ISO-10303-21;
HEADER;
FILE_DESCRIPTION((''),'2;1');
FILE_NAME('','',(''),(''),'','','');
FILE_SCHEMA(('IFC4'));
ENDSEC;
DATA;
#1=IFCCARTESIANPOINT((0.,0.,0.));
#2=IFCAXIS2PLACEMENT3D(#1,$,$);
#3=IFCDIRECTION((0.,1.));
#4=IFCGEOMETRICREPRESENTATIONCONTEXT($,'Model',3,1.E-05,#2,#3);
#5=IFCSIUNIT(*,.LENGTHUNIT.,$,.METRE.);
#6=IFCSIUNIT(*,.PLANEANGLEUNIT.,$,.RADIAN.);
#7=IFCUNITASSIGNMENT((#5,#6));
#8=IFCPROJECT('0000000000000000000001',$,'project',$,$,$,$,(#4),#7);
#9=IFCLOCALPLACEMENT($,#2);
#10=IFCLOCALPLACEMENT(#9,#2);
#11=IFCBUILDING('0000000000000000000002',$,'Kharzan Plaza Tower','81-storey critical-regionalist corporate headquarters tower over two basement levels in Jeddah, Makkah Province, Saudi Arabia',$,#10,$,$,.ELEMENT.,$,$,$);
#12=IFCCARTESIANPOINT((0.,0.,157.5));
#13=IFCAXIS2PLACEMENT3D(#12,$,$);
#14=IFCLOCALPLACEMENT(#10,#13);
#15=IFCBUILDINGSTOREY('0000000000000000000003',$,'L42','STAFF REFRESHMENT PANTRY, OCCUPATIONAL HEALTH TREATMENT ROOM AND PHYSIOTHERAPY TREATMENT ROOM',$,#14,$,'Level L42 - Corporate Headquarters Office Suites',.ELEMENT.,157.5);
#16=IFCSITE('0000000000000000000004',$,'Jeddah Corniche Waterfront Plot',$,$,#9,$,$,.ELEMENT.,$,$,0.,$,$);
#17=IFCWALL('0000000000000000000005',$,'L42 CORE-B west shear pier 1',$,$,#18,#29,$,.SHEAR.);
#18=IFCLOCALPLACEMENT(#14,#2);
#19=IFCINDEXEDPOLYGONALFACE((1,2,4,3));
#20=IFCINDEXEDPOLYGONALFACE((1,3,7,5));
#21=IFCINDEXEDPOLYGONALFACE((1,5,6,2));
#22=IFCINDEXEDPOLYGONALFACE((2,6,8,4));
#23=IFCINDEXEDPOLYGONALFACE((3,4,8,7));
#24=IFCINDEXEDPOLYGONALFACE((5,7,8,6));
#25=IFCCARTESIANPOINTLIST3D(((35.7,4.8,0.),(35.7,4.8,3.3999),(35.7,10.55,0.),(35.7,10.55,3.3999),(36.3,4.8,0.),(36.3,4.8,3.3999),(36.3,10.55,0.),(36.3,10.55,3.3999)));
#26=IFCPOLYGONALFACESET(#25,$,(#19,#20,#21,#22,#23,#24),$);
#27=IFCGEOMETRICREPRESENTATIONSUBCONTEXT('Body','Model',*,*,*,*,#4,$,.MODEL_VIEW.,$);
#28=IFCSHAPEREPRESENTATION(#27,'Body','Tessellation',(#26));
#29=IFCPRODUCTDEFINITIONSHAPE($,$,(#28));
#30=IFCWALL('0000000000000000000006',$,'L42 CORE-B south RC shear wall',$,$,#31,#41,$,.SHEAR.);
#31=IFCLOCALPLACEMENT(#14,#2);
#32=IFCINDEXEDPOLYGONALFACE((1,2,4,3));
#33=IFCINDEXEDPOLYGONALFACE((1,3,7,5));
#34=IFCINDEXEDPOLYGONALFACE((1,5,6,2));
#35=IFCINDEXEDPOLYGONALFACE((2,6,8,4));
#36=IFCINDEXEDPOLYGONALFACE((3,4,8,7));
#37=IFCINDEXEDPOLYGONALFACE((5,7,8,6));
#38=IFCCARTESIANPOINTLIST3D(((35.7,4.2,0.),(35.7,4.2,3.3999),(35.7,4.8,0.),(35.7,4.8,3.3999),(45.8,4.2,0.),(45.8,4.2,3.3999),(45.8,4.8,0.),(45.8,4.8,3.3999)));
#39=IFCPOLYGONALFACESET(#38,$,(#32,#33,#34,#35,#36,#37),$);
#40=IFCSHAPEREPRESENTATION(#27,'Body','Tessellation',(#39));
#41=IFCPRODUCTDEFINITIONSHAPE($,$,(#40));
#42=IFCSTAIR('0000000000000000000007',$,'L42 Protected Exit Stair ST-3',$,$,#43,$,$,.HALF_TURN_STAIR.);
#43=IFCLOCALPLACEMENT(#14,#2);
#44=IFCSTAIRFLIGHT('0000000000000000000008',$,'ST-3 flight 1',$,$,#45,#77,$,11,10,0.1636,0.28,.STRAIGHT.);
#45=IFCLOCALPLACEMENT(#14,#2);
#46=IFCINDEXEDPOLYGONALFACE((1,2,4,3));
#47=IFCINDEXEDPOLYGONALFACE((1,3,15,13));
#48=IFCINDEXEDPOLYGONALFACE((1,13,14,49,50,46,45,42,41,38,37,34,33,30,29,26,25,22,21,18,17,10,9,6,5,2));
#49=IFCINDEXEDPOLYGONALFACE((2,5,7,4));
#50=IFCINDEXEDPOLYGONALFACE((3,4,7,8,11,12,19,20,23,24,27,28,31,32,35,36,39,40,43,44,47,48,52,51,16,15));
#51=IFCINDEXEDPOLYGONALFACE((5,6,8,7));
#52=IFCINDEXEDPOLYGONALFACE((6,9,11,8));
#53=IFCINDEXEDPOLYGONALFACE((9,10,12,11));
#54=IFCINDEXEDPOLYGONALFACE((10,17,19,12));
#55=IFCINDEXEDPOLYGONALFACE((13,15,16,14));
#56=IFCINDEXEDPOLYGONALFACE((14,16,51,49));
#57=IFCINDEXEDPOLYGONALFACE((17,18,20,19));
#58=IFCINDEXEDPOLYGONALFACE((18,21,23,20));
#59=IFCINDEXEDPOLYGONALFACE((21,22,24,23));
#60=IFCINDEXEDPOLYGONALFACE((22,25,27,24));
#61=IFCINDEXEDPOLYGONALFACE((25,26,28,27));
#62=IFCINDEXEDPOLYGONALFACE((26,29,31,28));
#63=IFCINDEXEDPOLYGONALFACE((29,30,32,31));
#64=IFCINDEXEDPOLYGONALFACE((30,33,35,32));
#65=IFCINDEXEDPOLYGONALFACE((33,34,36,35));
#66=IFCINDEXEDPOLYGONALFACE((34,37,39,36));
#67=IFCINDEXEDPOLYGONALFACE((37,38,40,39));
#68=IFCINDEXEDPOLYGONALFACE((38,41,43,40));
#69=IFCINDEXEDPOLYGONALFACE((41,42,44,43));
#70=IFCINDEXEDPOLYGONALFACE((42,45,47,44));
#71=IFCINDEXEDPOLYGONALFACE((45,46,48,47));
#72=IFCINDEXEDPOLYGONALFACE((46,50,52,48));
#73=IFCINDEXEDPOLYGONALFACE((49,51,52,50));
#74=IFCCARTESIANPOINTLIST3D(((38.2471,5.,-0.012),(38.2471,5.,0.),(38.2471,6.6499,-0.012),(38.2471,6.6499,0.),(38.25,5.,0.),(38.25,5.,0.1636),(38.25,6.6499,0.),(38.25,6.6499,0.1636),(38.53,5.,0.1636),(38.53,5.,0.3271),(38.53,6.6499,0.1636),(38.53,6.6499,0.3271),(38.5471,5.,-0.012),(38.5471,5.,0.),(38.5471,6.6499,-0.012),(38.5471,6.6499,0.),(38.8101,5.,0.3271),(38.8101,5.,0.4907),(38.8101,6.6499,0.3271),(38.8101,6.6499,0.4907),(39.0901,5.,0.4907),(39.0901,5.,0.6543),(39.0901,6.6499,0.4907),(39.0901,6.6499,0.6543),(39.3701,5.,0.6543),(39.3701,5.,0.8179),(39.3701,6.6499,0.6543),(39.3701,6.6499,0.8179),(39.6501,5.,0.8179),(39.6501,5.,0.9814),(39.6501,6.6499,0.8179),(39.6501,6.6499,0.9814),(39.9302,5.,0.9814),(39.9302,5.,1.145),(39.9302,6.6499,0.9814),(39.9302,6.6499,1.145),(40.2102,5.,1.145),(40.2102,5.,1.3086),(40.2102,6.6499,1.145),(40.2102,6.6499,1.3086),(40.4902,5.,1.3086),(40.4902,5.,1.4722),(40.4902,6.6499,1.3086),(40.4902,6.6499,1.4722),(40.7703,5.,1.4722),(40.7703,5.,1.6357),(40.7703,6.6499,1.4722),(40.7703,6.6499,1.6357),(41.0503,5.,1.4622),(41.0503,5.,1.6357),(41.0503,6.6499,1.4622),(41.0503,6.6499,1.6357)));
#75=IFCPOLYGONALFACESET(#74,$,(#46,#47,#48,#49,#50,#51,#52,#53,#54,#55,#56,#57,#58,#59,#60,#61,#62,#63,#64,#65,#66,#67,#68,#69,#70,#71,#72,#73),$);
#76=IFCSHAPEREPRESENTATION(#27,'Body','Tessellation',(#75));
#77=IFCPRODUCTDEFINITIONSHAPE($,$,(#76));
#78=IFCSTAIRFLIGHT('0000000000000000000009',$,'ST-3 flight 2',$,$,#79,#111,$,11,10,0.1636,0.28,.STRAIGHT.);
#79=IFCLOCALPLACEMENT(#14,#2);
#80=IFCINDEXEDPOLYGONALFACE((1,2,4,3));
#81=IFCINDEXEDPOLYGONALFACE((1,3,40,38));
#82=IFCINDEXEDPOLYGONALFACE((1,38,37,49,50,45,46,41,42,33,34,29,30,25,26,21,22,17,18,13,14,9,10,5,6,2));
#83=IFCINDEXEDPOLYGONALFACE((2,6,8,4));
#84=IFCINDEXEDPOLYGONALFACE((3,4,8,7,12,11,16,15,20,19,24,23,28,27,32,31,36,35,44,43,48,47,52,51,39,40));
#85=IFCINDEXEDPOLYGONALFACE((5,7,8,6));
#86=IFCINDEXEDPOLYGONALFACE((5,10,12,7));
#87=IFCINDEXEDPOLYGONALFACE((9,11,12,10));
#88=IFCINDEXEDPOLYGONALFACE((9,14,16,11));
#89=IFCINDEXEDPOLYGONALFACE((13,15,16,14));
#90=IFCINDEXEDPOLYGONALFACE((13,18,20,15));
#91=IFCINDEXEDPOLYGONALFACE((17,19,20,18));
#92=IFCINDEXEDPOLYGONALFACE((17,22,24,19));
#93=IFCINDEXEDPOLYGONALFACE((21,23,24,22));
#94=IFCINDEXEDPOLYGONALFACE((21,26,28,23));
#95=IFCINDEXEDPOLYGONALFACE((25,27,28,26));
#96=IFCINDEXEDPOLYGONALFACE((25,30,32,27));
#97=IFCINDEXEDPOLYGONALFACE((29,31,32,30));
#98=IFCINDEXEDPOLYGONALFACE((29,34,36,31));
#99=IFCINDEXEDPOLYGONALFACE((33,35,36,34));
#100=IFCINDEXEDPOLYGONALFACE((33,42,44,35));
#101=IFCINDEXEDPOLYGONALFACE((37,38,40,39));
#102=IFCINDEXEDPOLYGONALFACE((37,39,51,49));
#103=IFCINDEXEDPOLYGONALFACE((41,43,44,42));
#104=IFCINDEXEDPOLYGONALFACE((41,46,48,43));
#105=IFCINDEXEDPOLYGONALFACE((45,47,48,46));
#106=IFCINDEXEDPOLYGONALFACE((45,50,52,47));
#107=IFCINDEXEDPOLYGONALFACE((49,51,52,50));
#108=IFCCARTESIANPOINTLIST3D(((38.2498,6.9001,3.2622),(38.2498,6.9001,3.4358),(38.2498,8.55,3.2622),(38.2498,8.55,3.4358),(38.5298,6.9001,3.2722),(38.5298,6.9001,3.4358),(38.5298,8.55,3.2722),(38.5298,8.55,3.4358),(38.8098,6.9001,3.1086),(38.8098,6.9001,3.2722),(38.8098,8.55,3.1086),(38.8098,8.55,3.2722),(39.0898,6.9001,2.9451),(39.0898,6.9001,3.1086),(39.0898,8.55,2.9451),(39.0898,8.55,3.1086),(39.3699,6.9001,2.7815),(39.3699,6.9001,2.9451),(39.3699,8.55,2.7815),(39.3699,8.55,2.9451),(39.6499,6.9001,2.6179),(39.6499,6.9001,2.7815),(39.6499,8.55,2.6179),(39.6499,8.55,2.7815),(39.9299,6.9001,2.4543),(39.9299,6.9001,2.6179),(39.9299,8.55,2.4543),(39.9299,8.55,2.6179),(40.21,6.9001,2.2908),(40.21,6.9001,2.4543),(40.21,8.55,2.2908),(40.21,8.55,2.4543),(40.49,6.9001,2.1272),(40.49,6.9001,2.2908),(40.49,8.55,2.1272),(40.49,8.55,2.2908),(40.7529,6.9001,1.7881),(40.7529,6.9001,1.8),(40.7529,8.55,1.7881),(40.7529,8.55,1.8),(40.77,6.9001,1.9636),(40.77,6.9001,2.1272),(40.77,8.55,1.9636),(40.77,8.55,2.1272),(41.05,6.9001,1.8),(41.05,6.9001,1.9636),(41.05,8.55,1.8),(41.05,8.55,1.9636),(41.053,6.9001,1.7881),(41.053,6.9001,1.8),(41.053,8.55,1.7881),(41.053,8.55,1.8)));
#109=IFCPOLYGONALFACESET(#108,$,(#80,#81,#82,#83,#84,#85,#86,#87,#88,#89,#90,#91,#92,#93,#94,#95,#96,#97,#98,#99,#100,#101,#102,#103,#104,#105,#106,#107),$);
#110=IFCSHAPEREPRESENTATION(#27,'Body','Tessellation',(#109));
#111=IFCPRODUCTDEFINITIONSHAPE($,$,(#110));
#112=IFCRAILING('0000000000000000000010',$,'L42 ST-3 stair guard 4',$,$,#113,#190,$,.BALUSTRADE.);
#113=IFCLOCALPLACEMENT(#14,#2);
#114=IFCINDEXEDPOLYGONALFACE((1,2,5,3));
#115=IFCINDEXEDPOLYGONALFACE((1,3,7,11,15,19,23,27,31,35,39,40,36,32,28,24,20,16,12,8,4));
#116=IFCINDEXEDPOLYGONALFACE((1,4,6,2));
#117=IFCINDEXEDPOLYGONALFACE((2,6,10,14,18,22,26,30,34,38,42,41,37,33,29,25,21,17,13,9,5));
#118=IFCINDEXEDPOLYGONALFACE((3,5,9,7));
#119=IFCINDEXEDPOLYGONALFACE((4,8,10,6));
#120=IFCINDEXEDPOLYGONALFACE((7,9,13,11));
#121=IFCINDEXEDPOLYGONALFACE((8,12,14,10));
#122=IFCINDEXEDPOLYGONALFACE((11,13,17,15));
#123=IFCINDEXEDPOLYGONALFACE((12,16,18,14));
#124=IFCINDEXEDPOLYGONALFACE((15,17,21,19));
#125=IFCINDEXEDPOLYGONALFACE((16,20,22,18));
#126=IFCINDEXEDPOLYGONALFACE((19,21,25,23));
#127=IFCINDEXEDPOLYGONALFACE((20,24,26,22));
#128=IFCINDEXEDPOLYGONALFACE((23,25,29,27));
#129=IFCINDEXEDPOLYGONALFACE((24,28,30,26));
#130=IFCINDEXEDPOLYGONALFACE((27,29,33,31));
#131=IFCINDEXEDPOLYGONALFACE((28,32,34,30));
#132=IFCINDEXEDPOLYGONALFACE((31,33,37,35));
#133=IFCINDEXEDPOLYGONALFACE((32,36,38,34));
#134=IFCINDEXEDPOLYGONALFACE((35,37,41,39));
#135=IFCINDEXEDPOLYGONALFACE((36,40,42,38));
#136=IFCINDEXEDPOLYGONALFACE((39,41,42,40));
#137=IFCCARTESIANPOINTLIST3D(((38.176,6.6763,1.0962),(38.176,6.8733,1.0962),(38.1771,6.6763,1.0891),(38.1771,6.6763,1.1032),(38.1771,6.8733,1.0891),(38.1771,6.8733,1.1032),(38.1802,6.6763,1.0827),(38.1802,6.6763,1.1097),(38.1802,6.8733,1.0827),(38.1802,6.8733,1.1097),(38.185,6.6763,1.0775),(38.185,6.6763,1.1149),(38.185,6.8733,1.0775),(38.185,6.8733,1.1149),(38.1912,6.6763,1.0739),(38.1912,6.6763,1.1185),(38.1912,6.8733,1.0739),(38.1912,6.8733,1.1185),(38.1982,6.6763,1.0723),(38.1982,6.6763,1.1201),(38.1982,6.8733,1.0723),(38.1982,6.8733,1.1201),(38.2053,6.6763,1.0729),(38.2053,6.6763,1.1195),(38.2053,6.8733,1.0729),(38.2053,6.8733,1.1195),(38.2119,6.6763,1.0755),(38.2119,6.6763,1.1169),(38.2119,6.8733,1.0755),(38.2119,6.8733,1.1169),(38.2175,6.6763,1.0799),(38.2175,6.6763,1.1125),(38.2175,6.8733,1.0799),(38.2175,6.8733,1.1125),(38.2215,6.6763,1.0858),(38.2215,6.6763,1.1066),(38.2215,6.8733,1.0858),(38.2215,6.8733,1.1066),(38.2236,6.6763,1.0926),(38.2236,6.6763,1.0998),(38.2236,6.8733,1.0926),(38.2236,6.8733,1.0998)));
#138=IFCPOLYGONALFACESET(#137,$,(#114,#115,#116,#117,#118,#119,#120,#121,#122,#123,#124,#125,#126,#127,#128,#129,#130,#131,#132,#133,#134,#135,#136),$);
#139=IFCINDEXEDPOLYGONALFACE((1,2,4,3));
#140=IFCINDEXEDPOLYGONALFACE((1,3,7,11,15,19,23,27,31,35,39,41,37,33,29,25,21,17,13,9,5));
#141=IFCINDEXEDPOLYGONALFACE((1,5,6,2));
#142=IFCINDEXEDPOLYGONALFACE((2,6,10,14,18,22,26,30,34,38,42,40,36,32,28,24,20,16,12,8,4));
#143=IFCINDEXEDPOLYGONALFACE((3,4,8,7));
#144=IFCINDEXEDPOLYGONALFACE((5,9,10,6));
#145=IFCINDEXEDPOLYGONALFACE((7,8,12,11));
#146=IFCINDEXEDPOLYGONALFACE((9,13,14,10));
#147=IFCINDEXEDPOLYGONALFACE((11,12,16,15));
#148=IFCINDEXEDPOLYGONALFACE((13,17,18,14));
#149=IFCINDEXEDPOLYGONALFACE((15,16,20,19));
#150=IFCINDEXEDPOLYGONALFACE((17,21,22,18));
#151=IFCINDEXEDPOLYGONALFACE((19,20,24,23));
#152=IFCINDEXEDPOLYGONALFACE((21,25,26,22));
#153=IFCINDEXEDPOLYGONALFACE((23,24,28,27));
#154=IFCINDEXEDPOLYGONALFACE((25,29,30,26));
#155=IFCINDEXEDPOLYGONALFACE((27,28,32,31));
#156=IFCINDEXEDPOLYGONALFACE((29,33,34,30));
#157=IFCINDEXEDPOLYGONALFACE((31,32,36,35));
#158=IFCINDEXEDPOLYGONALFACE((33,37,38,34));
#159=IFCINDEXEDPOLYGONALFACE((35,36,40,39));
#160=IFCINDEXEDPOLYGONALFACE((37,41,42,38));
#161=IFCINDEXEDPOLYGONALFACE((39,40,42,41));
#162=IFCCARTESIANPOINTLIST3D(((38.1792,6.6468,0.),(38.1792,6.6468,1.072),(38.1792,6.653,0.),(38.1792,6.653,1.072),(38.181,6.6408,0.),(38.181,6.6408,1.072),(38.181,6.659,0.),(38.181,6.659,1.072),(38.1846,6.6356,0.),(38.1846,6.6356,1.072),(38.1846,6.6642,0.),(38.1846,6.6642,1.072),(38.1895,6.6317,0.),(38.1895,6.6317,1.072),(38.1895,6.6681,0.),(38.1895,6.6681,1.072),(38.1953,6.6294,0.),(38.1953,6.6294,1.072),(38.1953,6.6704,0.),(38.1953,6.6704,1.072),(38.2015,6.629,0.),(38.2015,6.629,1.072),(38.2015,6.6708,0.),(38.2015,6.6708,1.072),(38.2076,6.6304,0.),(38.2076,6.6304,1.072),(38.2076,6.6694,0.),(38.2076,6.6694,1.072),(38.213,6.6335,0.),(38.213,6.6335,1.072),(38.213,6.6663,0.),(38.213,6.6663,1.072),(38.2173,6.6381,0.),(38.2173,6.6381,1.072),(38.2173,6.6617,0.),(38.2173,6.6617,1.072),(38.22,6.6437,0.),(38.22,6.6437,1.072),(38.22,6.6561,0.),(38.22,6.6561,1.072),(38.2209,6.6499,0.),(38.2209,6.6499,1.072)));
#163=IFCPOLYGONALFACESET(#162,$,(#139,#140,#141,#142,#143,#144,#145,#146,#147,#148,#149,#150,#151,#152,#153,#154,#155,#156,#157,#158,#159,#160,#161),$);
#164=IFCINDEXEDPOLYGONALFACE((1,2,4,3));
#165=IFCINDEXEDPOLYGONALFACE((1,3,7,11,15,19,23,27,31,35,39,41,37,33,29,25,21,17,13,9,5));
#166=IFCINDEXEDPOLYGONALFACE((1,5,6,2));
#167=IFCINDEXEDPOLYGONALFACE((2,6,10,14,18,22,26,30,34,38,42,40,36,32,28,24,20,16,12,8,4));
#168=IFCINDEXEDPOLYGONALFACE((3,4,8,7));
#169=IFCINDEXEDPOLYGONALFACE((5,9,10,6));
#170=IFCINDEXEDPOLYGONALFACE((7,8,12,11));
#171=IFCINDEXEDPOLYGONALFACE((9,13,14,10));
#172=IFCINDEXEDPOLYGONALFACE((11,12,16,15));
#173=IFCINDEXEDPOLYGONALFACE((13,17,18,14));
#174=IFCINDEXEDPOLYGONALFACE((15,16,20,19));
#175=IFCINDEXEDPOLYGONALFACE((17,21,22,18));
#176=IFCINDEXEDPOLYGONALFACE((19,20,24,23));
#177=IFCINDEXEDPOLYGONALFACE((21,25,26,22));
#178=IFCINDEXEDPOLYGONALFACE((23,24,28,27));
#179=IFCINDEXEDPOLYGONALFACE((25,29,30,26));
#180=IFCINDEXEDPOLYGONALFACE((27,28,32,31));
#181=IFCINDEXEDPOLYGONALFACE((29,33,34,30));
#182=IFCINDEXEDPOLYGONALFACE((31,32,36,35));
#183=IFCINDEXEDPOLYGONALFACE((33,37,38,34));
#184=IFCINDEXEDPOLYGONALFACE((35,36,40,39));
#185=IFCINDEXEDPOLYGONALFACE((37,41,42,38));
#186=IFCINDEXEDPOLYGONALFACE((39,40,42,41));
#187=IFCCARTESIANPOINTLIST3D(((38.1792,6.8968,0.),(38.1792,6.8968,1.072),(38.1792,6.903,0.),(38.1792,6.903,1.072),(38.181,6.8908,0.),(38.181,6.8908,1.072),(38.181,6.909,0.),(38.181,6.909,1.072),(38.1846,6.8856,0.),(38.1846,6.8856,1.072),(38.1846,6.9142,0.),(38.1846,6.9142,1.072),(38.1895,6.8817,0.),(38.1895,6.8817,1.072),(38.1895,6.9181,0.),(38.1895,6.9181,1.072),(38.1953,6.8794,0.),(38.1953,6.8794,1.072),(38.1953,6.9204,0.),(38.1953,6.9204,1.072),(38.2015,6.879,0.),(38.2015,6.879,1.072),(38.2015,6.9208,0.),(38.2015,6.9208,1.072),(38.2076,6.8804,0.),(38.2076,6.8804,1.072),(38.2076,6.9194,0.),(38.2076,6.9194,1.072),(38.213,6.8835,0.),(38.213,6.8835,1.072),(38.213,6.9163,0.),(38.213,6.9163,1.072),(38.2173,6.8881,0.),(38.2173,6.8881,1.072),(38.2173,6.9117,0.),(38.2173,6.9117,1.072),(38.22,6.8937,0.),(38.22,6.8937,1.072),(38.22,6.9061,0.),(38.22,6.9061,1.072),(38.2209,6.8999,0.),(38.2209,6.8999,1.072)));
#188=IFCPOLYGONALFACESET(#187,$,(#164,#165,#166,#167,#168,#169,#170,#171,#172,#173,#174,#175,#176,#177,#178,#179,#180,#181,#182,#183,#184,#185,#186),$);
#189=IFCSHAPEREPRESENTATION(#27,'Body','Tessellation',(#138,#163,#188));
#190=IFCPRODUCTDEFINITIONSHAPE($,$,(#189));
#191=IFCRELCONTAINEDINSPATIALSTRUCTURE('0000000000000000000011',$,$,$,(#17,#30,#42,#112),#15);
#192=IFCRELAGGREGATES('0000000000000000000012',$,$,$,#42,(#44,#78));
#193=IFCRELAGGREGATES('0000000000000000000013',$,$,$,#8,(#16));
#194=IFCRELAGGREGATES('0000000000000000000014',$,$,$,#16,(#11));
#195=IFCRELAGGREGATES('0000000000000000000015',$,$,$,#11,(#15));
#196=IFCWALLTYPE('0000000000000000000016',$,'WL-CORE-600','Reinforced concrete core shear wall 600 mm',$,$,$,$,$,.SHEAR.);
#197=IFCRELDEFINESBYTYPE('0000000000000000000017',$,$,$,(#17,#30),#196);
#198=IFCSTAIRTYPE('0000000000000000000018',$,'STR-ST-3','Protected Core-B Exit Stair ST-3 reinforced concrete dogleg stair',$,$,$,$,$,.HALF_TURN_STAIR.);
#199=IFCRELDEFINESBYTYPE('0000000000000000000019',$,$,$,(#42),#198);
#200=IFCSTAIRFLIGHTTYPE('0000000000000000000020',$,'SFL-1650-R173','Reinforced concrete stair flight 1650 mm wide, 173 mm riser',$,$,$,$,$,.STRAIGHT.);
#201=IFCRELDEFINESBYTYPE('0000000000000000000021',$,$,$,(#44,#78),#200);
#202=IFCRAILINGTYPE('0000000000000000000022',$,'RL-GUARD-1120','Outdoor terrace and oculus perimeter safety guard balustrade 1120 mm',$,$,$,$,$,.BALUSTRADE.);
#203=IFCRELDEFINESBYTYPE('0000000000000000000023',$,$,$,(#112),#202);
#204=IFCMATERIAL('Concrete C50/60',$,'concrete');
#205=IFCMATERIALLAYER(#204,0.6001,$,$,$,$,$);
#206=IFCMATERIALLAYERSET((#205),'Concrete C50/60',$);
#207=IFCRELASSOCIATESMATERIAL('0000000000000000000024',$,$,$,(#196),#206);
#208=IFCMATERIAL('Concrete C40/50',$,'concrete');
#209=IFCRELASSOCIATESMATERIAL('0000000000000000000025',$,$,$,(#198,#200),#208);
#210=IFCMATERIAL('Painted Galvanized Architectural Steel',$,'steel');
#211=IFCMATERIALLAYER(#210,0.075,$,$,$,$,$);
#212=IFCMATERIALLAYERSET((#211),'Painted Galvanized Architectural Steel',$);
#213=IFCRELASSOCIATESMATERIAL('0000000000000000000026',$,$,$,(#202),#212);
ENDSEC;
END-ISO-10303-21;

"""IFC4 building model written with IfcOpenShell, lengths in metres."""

from ifc_helpers import new_model, si_unit, direction, frame, frame_2d, origin, origin_2d, place, context, subcontext, project, spatial, polyline, rectangle, circle, outline, extrude, source, transform, mapped, material, layer, layer_set, type_object, element, aggregate, save


model = new_model("IFC4")

# Units and contexts
model_context = context("Model", 3, precision=1e-05, world=origin(), true_north=direction((0.0, 1.0)))
body_context = subcontext(model_context, "Body", "Model", "MODEL_VIEW")
ifc_project = project(units=[si_unit("LENGTHUNIT", "METRE"), si_unit("PLANEANGLEUNIT", "RADIAN")], contexts=[model_context])

# Site, building, storey
site_placement = place(None, origin())
site = spatial("IfcSite", under=ifc_project, at=site_placement, Name="Jeddah Corniche Waterfront Plot", CompositionType="ELEMENT", RefElevation=0.0)
building_placement = place(site_placement, origin())
building = spatial("IfcBuilding", under=site, at=building_placement, Name="Kharzan Plaza Tower", Description="81-storey critical-regionalist corporate headquarters tower over two basement levels in Jeddah, Makkah Province, Saudi Arabia", CompositionType="ELEMENT")
storey_placement = place(building_placement, frame((0.0, 0.0, 157.5)))
storey = spatial("IfcBuildingStorey", under=building, at=storey_placement, Name="L42", Description="STAFF REFRESHMENT PANTRY, OCCUPATIONAL HEALTH TREATMENT ROOM AND PHYSIOTHERAPY TREATMENT ROOM", LongName="Level L42 - Corporate Headquarters Office Suites", CompositionType="ELEMENT", Elevation=157.5)

# Shared definitions
ifc_material_1 = material(Name="Concrete C50/60", Category="concrete")

# Shared definitions
ifc_material_2 = material(Name="Concrete C40/50", Category="concrete")

# Walls
ifc_layer_1 = layer(ifc_material_1, 0.6001)
ifc_layer_set_1 = layer_set([ifc_layer_1], Name="Concrete C50/60")
wall_type_1 = type_object("IfcWallType", Name="WL-CORE-600", Description="Reinforced concrete core shear wall 600 mm", PredefinedType="SHEAR", material=ifc_layer_set_1)
shared_shape_1 = source(origin(), body_context, "Body", "SweptSolid", [
    extrude(rectangle(XDim=5.75, YDim=0.6001, at=frame_2d((2.875, 0.0))), origin(), (0.0, 0.0, 1.0), 3.3999),
])
wall_1_placement = place(storey_placement, frame((36.0, 4.8, 0.0), z_axis=(0.0, 0.0, 1.0), x_axis=(0.0, 1.0, 0.0)))
element("IfcWall", 1, at=wall_1_placement, inside=storey, type_object=wall_type_1, Name="L42 CORE-B west shear pier 1", PredefinedType="SHEAR", context=body_context, shape_type="MappedRepresentation", body=[
    mapped(shared_shape_1, transform((0.0, 0.0, 0.0), x_axis=(1.0, 0.0, 0.0), y_axis=(0.0, 1.0, 0.0), z_axis=(0.0, 0.0, 1.0))),
])
shared_shape_2 = source(origin(), body_context, "Body", "SweptSolid", [
    extrude(rectangle(XDim=10.1001, YDim=0.6001, at=frame_2d((5.05, 0.0))), origin(), (0.0, 0.0, 1.0), 3.3999),
])
wall_2_placement = place(storey_placement, frame((35.7, 4.5, 0.0), z_axis=(0.0, 0.0, 1.0), x_axis=(1.0, 0.0, 0.0)))
element("IfcWall", 2, at=wall_2_placement, inside=storey, type_object=wall_type_1, Name="L42 CORE-B south RC shear wall", PredefinedType="SHEAR", context=body_context, shape_type="MappedRepresentation", body=[
    mapped(shared_shape_2, transform((0.0, 0.0, 0.0), x_axis=(1.0, 0.0, 0.0), y_axis=(0.0, 1.0, 0.0), z_axis=(0.0, 0.0, 1.0))),
])

# Stair, stair flights
stair_type = type_object("IfcStairType", Name="STR-ST-3", Description="Protected Core-B Exit Stair ST-3 reinforced concrete dogleg stair", PredefinedType="HALF_TURN_STAIR", material=ifc_material_2)
stair_placement = place(storey_placement, origin())
stair = element("IfcStair", 3, at=stair_placement, inside=storey, type_object=stair_type, Name="L42 Protected Exit Stair ST-3", PredefinedType="HALF_TURN_STAIR")
stair_flight_type = type_object("IfcStairFlightType", Name="SFL-1650-R173", Description="Reinforced concrete stair flight 1650 mm wide, 173 mm riser", PredefinedType="STRAIGHT", material=ifc_material_2)
shared_shape_3 = source(origin(), body_context, "Body", "SweptSolid", [
    extrude(outline(polyline([(-0.0029, -0.012), (-0.0029, 0.0), (0.0, 0.0), (0.0, 0.1636), (0.28, 0.1636), (0.28, 0.3271), (0.5601, 0.3271), (0.5601, 0.4907), (0.8401, 0.4907), (0.8401, 0.6543), (1.1201, 0.6543), (1.1201, 0.8179), (1.4001, 0.8179), (1.4001, 0.9814), (1.6802, 0.9814), (1.6802, 1.145), (1.9602, 1.145), (1.9602, 1.3086), (2.2402, 1.3086), (2.2402, 1.4722), (2.5203, 1.4722), (2.5203, 1.6357), (2.8003, 1.6357), (2.8003, 1.7993), (2.8003, 1.4622), (0.2971, 0.0), (0.2971, -0.012), (-0.0029, -0.012)])), frame((0.0, 0.825, 0.0), z_axis=(0.0, -1.0, 0.0), x_axis=(1.0, 0.0, 0.0)), (0.0, 0.0, 1.0), 1.6499),
])
stair_flight_1_placement = place(storey_placement, frame((38.25, 5.825, 0.0), z_axis=(0.0, 0.0, 1.0), x_axis=(1.0, 0.0, 0.0)))
stair_flight_1 = element("IfcStairFlight", 4, at=stair_flight_1_placement, type_object=stair_flight_type, Name="ST-3 flight 1", NumberOfRisers=11, NumberOfTreads=10, PredefinedType="STRAIGHT", RiserHeight=0.1636, TreadLength=0.28, context=body_context, shape_type="MappedRepresentation", body=[
    mapped(shared_shape_3, transform((0.0, 0.0, 0.0), x_axis=(1.0, 0.0, 0.0), y_axis=(0.0, 1.0, 0.0), z_axis=(0.0, 0.0, 1.0))),
])
stair_flight_2_placement = place(storey_placement, frame((41.05, 7.7251, 1.8), z_axis=(0.0, 0.0, 1.0), x_axis=(-1.0, 0.0, 0.0)))
stair_flight_2 = element("IfcStairFlight", 5, at=stair_flight_2_placement, type_object=stair_flight_type, Name="ST-3 flight 2", NumberOfRisers=11, NumberOfTreads=10, PredefinedType="STRAIGHT", RiserHeight=0.1636, TreadLength=0.28, context=body_context, shape_type="MappedRepresentation", body=[
    mapped(shared_shape_3, transform((0.0, 0.0, 0.0), x_axis=(1.0, 0.0, 0.0), y_axis=(0.0, 1.0, 0.0), z_axis=(0.0, 0.0, 1.0))),
])
aggregate(stair, [stair_flight_1, stair_flight_2])

# Railing
ifc_material_3 = material(Name="Painted Galvanized Architectural Steel", Category="steel")
ifc_layer_2 = layer(ifc_material_3, 0.075)
ifc_layer_set_2 = layer_set([ifc_layer_2], Name="Painted Galvanized Architectural Steel")
railing_type_1 = type_object("IfcRailingType", Name="RL-GUARD-1120", Description="Outdoor terrace and oculus perimeter safety guard balustrade 1120 mm", PredefinedType="BALUSTRADE", material=ifc_layer_set_2)
shared_shape_4 = source(origin(), body_context, "Body", "SweptSolid", [
    extrude(circle(Radius=0.0239, at=origin_2d()), frame((0.0, 0.0264, 1.0962), z_axis=(0.0, 1.0, 0.0), x_axis=(-1.0, 0.0, 0.0)), (0.0, 0.0, 1.0), 0.197),
    extrude(circle(Radius=0.021, at=origin_2d()), origin(), (0.0, 0.0, 1.0), 1.072),
    extrude(circle(Radius=0.021, at=origin_2d()), frame((0.0, 0.25, 0.0)), (0.0, 0.0, 1.0), 1.072),
])
railing_1_placement = place(storey_placement, frame((38.2, 6.6499, 0.0)))
element("IfcRailing", 6, at=railing_1_placement, inside=storey, type_object=railing_type_1, Name="L42 ST-3 stair guard 4", PredefinedType="BALUSTRADE", context=body_context, shape_type="MappedRepresentation", body=[
    mapped(shared_shape_4, transform((0.0, 0.0, 0.0), x_axis=(1.0, 0.0, 0.0), y_axis=(0.0, 1.0, 0.0), z_axis=(0.0, 0.0, 1.0))),
])

save(model, "model.ifc")
